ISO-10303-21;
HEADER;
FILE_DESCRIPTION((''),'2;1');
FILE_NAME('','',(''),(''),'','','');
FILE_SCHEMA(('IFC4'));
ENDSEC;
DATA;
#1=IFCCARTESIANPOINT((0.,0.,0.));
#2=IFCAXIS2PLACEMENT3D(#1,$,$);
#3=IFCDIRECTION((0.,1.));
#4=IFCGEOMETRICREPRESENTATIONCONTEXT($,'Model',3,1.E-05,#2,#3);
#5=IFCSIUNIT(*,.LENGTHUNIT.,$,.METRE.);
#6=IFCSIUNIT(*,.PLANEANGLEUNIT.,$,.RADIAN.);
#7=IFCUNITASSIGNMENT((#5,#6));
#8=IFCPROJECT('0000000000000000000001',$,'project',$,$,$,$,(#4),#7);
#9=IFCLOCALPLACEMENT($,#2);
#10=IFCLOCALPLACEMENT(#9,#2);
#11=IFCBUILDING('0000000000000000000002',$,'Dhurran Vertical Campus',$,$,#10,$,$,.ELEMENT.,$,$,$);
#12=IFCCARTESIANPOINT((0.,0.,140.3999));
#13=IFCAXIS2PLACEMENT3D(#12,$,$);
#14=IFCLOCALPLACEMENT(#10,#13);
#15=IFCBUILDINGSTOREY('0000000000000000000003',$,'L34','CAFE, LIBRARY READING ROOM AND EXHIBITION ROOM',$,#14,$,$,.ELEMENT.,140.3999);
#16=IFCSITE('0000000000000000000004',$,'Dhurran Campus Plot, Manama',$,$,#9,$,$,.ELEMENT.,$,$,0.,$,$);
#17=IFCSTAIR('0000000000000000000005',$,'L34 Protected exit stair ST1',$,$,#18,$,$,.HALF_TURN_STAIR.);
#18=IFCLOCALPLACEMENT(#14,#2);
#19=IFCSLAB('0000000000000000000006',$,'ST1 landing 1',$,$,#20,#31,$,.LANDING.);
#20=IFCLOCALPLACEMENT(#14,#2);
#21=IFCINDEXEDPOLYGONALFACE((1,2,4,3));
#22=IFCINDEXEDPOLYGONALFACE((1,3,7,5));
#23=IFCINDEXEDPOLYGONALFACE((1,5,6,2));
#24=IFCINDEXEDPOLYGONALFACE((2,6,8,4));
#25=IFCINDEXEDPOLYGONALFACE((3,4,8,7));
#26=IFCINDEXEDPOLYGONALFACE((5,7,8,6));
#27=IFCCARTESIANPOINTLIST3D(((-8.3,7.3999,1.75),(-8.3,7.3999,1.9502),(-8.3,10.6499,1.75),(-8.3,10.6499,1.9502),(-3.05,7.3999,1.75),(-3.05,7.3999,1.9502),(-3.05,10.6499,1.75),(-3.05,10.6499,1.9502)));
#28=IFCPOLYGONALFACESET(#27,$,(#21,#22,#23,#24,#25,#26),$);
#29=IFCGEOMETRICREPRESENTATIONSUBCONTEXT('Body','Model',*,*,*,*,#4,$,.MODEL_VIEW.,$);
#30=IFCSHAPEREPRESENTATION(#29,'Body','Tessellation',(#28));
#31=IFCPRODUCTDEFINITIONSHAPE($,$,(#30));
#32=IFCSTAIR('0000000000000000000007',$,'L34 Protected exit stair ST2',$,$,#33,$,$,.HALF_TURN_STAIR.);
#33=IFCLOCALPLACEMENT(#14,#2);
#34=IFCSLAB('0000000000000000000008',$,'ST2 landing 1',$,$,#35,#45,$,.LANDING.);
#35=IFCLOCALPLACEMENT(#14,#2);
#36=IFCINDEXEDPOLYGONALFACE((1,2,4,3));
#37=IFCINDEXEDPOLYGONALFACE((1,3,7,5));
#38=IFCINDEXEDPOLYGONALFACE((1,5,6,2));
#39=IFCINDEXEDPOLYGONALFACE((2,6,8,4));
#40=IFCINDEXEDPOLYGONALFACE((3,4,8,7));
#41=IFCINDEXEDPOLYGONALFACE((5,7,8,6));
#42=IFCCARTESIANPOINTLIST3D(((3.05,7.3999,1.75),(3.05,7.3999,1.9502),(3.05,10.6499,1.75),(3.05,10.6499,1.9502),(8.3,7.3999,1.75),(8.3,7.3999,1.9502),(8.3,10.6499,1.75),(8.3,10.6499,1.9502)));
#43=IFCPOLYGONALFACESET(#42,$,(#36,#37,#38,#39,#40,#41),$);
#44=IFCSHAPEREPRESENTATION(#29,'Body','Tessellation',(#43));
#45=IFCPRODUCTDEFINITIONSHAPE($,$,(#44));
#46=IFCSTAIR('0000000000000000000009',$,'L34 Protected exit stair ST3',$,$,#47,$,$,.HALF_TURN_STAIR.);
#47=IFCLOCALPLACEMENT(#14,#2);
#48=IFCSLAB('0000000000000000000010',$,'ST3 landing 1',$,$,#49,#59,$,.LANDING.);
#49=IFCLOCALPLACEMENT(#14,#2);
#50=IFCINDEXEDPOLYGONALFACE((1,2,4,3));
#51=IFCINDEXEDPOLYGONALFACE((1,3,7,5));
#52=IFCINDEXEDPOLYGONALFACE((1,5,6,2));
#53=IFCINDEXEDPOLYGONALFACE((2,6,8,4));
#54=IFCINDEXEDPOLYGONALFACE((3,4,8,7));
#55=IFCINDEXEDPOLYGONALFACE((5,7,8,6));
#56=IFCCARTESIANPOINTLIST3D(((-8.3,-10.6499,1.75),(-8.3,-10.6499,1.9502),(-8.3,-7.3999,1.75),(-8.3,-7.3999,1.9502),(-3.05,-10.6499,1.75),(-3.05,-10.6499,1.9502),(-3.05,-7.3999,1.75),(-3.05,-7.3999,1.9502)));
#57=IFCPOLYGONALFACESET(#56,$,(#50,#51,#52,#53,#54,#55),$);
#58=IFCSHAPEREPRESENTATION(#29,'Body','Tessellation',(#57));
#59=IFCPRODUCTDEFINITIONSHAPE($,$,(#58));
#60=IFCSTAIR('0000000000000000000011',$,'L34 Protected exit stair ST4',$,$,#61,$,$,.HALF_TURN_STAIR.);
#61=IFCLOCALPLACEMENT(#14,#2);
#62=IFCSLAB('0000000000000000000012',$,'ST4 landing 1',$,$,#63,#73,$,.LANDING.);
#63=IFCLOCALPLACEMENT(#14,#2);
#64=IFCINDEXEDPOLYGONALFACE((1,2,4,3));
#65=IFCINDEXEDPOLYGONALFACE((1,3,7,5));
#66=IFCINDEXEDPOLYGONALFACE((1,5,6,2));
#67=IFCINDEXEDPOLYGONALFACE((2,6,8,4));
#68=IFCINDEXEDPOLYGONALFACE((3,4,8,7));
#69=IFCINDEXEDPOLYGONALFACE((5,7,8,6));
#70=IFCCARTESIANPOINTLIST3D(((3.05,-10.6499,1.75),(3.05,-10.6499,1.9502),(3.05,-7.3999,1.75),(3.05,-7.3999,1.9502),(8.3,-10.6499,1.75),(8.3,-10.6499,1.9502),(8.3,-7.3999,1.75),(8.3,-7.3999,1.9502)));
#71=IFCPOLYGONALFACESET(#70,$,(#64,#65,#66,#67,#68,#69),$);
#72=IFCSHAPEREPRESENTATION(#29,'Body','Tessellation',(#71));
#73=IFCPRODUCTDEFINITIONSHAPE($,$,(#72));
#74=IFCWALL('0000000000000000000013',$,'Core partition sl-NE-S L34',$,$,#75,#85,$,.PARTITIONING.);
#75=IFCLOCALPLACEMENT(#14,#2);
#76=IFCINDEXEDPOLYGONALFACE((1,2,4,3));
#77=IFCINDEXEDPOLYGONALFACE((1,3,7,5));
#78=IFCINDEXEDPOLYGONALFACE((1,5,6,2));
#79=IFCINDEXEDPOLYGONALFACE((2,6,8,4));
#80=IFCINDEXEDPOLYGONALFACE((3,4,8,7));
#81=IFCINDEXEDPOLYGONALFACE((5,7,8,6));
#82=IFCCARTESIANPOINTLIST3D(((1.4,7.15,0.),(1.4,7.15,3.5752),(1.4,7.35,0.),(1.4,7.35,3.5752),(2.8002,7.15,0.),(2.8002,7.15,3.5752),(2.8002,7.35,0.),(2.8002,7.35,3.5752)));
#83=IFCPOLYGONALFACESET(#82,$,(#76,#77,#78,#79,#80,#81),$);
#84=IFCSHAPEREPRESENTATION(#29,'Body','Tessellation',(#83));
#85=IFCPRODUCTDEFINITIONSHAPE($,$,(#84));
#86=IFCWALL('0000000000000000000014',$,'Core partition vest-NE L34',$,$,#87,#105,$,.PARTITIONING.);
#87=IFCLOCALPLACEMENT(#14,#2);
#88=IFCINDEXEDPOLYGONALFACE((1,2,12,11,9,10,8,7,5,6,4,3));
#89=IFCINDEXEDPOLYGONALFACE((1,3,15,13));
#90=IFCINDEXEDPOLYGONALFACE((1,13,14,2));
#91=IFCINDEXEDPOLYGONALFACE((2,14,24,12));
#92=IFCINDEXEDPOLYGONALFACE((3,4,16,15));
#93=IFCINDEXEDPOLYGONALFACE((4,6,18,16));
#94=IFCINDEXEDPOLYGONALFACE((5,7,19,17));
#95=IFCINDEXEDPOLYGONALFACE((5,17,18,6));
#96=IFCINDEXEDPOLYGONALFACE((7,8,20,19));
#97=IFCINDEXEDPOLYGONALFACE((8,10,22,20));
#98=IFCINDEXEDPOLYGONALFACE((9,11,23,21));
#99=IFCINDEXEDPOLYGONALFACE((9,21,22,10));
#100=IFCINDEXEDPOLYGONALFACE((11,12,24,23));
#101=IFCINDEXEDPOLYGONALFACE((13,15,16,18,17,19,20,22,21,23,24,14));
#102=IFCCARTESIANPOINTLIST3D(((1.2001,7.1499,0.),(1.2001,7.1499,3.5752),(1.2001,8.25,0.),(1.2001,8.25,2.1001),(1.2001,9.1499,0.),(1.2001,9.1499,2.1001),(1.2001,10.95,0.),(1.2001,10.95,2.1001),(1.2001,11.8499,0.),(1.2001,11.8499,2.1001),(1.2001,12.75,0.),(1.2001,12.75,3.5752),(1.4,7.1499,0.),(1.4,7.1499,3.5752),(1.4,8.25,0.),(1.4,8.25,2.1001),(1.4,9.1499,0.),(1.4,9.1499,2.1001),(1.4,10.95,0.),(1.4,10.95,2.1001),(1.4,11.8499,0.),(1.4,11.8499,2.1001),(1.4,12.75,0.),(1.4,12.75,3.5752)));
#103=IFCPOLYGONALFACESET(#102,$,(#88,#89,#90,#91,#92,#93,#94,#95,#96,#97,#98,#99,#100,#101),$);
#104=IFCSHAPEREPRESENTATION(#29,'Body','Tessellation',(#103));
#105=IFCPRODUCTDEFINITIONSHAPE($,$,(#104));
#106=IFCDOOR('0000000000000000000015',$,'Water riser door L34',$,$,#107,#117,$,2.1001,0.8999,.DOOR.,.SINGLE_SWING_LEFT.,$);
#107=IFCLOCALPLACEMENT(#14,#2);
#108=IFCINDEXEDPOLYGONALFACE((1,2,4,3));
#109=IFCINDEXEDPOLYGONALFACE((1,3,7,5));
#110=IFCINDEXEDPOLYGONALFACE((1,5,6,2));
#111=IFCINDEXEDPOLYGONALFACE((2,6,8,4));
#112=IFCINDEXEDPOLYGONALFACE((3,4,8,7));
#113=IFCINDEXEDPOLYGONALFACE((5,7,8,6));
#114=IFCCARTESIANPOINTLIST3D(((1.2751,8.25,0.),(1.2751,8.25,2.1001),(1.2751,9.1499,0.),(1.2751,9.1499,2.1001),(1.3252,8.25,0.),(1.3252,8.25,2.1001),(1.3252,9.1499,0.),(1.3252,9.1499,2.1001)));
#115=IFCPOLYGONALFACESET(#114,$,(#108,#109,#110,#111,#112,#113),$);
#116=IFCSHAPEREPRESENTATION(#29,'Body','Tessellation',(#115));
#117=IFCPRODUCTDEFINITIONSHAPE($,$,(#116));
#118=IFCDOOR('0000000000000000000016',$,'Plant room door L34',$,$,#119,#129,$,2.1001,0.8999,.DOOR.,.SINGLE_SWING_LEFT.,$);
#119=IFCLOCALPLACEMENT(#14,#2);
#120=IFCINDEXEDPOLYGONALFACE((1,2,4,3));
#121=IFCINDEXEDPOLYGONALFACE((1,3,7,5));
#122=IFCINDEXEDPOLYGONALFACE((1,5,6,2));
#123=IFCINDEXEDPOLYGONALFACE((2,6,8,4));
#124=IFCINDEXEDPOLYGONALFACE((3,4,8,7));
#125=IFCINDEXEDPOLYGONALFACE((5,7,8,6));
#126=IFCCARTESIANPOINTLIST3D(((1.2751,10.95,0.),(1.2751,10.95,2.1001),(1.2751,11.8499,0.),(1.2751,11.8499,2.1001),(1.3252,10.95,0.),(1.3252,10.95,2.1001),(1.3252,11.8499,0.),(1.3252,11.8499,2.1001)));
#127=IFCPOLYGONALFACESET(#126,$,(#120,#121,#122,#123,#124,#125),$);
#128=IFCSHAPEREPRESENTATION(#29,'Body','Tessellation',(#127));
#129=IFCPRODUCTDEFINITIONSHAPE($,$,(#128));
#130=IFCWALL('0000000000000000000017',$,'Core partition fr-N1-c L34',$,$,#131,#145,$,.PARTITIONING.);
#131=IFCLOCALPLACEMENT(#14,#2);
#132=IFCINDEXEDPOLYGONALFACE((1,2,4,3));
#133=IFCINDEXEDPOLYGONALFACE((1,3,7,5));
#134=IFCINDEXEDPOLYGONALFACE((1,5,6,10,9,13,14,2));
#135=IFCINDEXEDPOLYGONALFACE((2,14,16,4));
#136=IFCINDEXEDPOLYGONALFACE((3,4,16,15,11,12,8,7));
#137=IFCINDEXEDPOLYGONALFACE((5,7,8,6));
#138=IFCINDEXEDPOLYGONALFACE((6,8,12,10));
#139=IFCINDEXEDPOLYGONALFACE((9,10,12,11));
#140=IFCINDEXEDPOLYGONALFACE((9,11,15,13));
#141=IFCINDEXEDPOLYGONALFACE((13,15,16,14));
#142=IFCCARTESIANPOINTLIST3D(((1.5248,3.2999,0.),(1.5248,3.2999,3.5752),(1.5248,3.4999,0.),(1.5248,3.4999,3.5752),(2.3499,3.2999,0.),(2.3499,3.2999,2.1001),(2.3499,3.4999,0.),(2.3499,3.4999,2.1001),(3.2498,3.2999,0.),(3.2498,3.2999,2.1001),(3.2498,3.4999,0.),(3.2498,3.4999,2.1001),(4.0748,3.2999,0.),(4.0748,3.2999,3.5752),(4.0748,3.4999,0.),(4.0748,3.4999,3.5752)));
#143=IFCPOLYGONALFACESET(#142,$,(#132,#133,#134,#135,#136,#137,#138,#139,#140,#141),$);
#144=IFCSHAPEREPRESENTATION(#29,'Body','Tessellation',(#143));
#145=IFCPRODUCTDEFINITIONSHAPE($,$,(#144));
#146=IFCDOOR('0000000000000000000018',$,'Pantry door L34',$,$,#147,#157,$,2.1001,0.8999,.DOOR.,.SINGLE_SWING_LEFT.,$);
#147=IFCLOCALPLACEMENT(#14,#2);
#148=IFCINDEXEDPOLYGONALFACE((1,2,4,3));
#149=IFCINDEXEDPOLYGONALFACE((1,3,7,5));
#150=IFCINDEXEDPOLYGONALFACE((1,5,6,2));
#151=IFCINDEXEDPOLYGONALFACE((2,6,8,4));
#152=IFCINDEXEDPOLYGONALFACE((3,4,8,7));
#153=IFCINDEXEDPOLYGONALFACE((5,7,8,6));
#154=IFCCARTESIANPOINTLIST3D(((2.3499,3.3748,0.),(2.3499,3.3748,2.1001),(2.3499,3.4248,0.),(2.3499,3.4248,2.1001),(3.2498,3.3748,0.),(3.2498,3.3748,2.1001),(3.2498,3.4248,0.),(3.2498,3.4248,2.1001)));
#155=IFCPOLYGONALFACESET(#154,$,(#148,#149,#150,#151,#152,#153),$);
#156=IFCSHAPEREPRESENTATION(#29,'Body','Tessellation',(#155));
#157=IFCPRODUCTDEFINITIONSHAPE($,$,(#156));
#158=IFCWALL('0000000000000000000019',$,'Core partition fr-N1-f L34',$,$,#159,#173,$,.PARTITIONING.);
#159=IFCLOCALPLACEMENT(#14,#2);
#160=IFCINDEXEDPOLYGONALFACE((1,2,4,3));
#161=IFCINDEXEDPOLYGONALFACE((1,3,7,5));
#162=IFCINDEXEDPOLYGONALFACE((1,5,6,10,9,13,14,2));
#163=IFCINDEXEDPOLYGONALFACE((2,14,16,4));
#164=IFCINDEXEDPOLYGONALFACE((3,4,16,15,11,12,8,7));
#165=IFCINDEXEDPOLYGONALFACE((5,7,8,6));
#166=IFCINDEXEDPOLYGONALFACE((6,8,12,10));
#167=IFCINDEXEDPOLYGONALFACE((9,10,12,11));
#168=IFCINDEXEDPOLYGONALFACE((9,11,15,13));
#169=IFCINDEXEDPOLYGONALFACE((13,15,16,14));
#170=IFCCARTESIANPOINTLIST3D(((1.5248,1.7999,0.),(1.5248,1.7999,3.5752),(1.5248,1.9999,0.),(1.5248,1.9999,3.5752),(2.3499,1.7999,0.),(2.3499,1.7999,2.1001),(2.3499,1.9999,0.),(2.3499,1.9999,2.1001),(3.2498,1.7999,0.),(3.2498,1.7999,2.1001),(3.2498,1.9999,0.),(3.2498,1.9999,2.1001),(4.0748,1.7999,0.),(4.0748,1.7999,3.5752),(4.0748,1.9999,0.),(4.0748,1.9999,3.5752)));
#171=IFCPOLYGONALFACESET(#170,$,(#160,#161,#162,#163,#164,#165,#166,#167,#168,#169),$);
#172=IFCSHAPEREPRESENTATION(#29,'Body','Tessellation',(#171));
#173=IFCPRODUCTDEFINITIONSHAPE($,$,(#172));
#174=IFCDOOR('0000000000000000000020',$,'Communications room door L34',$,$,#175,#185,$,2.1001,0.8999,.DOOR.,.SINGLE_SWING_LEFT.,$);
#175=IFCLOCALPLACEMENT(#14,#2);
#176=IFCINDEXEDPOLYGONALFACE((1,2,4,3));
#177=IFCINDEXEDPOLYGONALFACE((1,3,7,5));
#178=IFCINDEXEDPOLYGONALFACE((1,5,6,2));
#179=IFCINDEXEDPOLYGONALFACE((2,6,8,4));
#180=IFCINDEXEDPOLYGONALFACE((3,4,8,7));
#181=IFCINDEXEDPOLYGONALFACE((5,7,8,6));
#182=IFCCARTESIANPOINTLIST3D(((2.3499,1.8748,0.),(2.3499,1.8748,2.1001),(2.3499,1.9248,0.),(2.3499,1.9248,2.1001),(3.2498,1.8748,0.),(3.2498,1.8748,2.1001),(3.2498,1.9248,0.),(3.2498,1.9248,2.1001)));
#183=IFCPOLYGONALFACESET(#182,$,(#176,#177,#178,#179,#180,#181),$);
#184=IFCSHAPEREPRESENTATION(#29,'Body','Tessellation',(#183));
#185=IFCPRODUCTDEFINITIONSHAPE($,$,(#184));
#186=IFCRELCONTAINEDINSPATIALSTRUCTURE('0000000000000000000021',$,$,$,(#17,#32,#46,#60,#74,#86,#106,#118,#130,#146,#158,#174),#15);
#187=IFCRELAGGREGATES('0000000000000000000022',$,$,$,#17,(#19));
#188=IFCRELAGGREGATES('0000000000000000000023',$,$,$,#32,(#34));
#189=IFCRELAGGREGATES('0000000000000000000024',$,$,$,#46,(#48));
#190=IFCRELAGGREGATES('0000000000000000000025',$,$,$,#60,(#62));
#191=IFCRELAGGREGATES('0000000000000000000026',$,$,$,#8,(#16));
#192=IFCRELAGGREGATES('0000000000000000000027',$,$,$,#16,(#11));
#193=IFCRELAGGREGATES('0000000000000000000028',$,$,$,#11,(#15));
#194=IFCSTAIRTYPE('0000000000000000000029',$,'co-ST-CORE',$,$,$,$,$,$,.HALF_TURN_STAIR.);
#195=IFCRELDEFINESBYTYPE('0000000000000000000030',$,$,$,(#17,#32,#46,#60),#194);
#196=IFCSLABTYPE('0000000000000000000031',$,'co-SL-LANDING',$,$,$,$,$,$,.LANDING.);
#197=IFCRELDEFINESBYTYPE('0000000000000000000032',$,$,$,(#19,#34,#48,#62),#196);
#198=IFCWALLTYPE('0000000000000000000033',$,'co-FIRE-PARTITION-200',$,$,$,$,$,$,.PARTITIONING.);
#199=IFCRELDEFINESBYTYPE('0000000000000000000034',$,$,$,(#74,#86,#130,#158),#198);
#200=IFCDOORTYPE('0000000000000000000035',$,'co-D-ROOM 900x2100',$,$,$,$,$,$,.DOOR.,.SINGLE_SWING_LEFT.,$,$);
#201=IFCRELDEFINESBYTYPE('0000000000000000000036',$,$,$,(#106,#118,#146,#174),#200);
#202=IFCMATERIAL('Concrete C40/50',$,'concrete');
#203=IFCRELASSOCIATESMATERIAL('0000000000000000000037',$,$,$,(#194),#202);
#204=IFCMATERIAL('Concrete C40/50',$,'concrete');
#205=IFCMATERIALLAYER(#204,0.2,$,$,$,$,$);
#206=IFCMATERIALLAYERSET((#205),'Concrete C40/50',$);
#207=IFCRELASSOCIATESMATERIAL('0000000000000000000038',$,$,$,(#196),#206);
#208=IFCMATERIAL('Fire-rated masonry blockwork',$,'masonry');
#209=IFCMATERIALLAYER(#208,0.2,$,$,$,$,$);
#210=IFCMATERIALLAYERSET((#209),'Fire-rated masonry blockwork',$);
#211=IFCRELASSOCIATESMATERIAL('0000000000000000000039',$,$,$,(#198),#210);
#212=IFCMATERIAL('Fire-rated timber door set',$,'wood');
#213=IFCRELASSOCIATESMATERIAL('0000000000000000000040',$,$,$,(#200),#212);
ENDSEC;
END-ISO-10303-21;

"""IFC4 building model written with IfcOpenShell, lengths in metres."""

from ifc_helpers import new_model, si_unit, direction, frame, frame_2d, origin, place, context, subcontext, project, spatial, polyline, rectangle, outline, extrude, material, layer, layer_set, type_object, element, fill, aggregate, save


model = new_model("IFC4")

# Units and contexts
model_context = context("Model", 3, precision=1e-05, world=origin(), true_north=direction((0.0, 1.0)))
body_context = subcontext(model_context, "Body", "Model", "MODEL_VIEW")
ifc_project = project(units=[si_unit("LENGTHUNIT", "METRE"), si_unit("PLANEANGLEUNIT", "RADIAN")], contexts=[model_context])

# Site, building, storey
site_placement = place(None, origin())
site = spatial("IfcSite", under=ifc_project, at=site_placement, Name="Dhurran Campus Plot, Manama", CompositionType="ELEMENT", RefElevation=0.0)
building_placement = place(site_placement, origin())
building = spatial("IfcBuilding", under=site, at=building_placement, Name="Dhurran Vertical Campus", CompositionType="ELEMENT")
storey_placement = place(building_placement, frame((0.0, 0.0, 140.3999)))
storey = spatial("IfcBuildingStorey", under=building, at=storey_placement, Name="L34", Description="CAFE, LIBRARY READING ROOM AND EXHIBITION ROOM", CompositionType="ELEMENT", Elevation=140.3999)

# Stairs, slabs
ifc_material_1 = material(Name="Concrete C40/50", Category="concrete")
stair_type = type_object("IfcStairType", Name="co-ST-CORE", PredefinedType="HALF_TURN_STAIR", material=ifc_material_1)
stair_1_placement = place(storey_placement, origin())
stair_1 = element("IfcStair", 1, at=stair_1_placement, inside=storey, type_object=stair_type, Name="L34 Protected exit stair ST1", PredefinedType="HALF_TURN_STAIR")
ifc_material_2 = material(Name="Concrete C40/50", Category="concrete")
ifc_layer_1 = layer(ifc_material_2, 0.2)
ifc_layer_set_1 = layer_set([ifc_layer_1], Name="Concrete C40/50")
slab_type = type_object("IfcSlabType", Name="co-SL-LANDING", PredefinedType="LANDING", material=ifc_layer_set_1)
slab_1_placement = place(storey_placement, frame((0.0, 0.0, 1.75)))
slab_1 = element("IfcSlab", 2, at=slab_1_placement, type_object=slab_type, Name="ST1 landing 1", PredefinedType="LANDING", context=body_context, shape_type="SweptSolid", body=[
    extrude(outline(polyline([(-8.3, 7.3999), (-3.05, 7.3999), (-3.05, 10.6499), (-8.3, 10.6499), (-8.3, 7.3999)])), origin(), (0.0, 0.0, 1.0), 0.2002),
])
aggregate(stair_1, [slab_1])
stair_2_placement = place(storey_placement, origin())
stair_2 = element("IfcStair", 3, at=stair_2_placement, inside=storey, type_object=stair_type, Name="L34 Protected exit stair ST2", PredefinedType="HALF_TURN_STAIR")
slab_2_placement = place(storey_placement, frame((0.0, 0.0, 1.75)))
slab_2 = element("IfcSlab", 4, at=slab_2_placement, type_object=slab_type, Name="ST2 landing 1", PredefinedType="LANDING", context=body_context, shape_type="SweptSolid", body=[
    extrude(outline(polyline([(8.3, 10.6499), (3.05, 10.6499), (3.05, 7.3999), (8.3, 7.3999), (8.3, 10.6499)])), origin(), (0.0, 0.0, 1.0), 0.2002),
])
aggregate(stair_2, [slab_2])
stair_3_placement = place(storey_placement, origin())
stair_3 = element("IfcStair", 5, at=stair_3_placement, inside=storey, type_object=stair_type, Name="L34 Protected exit stair ST3", PredefinedType="HALF_TURN_STAIR")
slab_3_placement = place(storey_placement, frame((0.0, 0.0, 1.75)))
slab_3 = element("IfcSlab", 6, at=slab_3_placement, type_object=slab_type, Name="ST3 landing 1", PredefinedType="LANDING", context=body_context, shape_type="SweptSolid", body=[
    extrude(outline(polyline([(-8.3, -10.6499), (-3.05, -10.6499), (-3.05, -7.3999), (-8.3, -7.3999), (-8.3, -10.6499)])), origin(), (0.0, 0.0, 1.0), 0.2002),
])
aggregate(stair_3, [slab_3])
stair_4_placement = place(storey_placement, origin())
stair_4 = element("IfcStair", 7, at=stair_4_placement, inside=storey, type_object=stair_type, Name="L34 Protected exit stair ST4", PredefinedType="HALF_TURN_STAIR")
slab_4_placement = place(storey_placement, frame((0.0, 0.0, 1.75)))
slab_4 = element("IfcSlab", 8, at=slab_4_placement, type_object=slab_type, Name="ST4 landing 1", PredefinedType="LANDING", context=body_context, shape_type="SweptSolid", body=[
    extrude(outline(polyline([(8.3, -7.3999), (3.05, -7.3999), (3.05, -10.6499), (8.3, -10.6499), (8.3, -7.3999)])), origin(), (0.0, 0.0, 1.0), 0.2002),
])
aggregate(stair_4, [slab_4])

# Wall
ifc_material_3 = material(Name="Fire-rated masonry blockwork", Category="masonry")
ifc_layer_2 = layer(ifc_material_3, 0.2)
ifc_layer_set_2 = layer_set([ifc_layer_2], Name="Fire-rated masonry blockwork")
wall_type_1 = type_object("IfcWallType", Name="co-FIRE-PARTITION-200", PredefinedType="PARTITIONING", material=ifc_layer_set_2)
wall_1_placement = place(storey_placement, frame((1.3999, 7.25, 0.0), z_axis=(0.0, 0.0, 1.0), x_axis=(1.0, 0.0, 0.0)))
element("IfcWall", 9, at=wall_1_placement, inside=storey, type_object=wall_type_1, Name="Core partition sl-NE-S L34", PredefinedType="PARTITIONING", context=body_context, shape_type="SweptSolid", body=[
    extrude(rectangle(XDim=1.4001, YDim=0.2, at=frame_2d((0.7002, 0.0))), origin(), (0.0, 0.0, 1.0), 3.5752),
])

# Wall, openings, doors
wall_2_placement = place(storey_placement, frame((1.3, 7.1499, 0.0), z_axis=(0.0, 0.0, 1.0), x_axis=(0.0, 1.0, 0.0)))
wall_2 = element("IfcWall", 10, at=wall_2_placement, inside=storey, type_object=wall_type_1, Name="Core partition vest-NE L34", PredefinedType="PARTITIONING", context=body_context, shape_type="SweptSolid", body=[
    extrude(rectangle(XDim=5.6001, YDim=0.2, at=frame_2d((2.8, 0.0))), origin(), (0.0, 0.0, 1.0), 3.5752),
])
opening_1_placement = place(wall_2_placement, frame((1.1001, 0.0, 0.0)))
opening_1 = element("IfcOpeningElement", 11, at=opening_1_placement, cuts=wall_2, PredefinedType="OPENING", context=body_context, shape_type="SweptSolid", body=[
    extrude(rectangle(XDim=0.8999, YDim=2.1001, at=frame_2d((0.45, 1.05))), frame((0.0, 0.1099, 0.0), z_axis=(0.0, -1.0, 0.0), x_axis=(1.0, 0.0, 0.0)), (0.0, 0.0, 1.0), 0.22),
])
opening_2_placement = place(wall_2_placement, frame((3.8, 0.0, 0.0)))
opening_2 = element("IfcOpeningElement", 12, at=opening_2_placement, cuts=wall_2, PredefinedType="OPENING", context=body_context, shape_type="SweptSolid", body=[
    extrude(rectangle(XDim=0.8999, YDim=2.1001, at=frame_2d((0.45, 1.05))), frame((0.0, 0.1099, 0.0), z_axis=(0.0, -1.0, 0.0), x_axis=(1.0, 0.0, 0.0)), (0.0, 0.0, 1.0), 0.22),
])
ifc_material_4 = material(Name="Fire-rated timber door set", Category="wood")
door_type_1 = type_object("IfcDoorType", Name="co-D-ROOM 900x2100", OperationType="SINGLE_SWING_LEFT", PredefinedType="DOOR", material=ifc_material_4)
door_1_placement = place(opening_1_placement, origin())
door_1 = element("IfcDoor", 13, at=door_1_placement, inside=storey, type_object=door_type_1, Name="Water riser door L34", OperationType="SINGLE_SWING_LEFT", OverallHeight=2.1001, OverallWidth=0.8999, PredefinedType="DOOR", context=body_context, shape_type="SweptSolid", body=[
    extrude(rectangle(XDim=0.8999, YDim=2.1001, at=frame_2d((0.45, 1.05))), frame((0.0, 0.0249, 0.0), z_axis=(0.0, -1.0, 0.0), x_axis=(1.0, 0.0, 0.0)), (0.0, 0.0, 1.0), 0.05),
])
fill(opening_1, door_1)
door_2_placement = place(opening_2_placement, origin())
door_2 = element("IfcDoor", 14, at=door_2_placement, inside=storey, type_object=door_type_1, Name="Plant room door L34", OperationType="SINGLE_SWING_LEFT", OverallHeight=2.1001, OverallWidth=0.8999, PredefinedType="DOOR", context=body_context, shape_type="SweptSolid", body=[
    extrude(rectangle(XDim=0.8999, YDim=2.1001, at=frame_2d((0.45, 1.05))), frame((0.0, 0.0249, 0.0), z_axis=(0.0, -1.0, 0.0), x_axis=(1.0, 0.0, 0.0)), (0.0, 0.0, 1.0), 0.05),
])
fill(opening_2, door_2)

# Walls, openings, doors
wall_3_placement = place(storey_placement, frame((1.5249, 3.3999, 0.0), z_axis=(0.0, 0.0, 1.0), x_axis=(1.0, 0.0, 0.0)))
wall_3 = element("IfcWall", 15, at=wall_3_placement, inside=storey, type_object=wall_type_1, Name="Core partition fr-N1-c L34", PredefinedType="PARTITIONING", context=body_context, shape_type="SweptSolid", body=[
    extrude(rectangle(XDim=2.55, YDim=0.2, at=frame_2d((1.2749, 0.0))), origin(), (0.0, 0.0, 1.0), 3.5752),
])
opening_3_placement = place(wall_3_placement, frame((0.825, 0.0, 0.0)))
opening_3 = element("IfcOpeningElement", 16, at=opening_3_placement, cuts=wall_3, PredefinedType="OPENING", context=body_context, shape_type="SweptSolid", body=[
    extrude(rectangle(XDim=0.8999, YDim=2.1001, at=frame_2d((0.45, 1.05))), frame((0.0, 0.1099, 0.0), z_axis=(0.0, -1.0, 0.0), x_axis=(1.0, 0.0, 0.0)), (0.0, 0.0, 1.0), 0.22),
])
door_3_placement = place(opening_3_placement, origin())
door_3 = element("IfcDoor", 17, at=door_3_placement, inside=storey, type_object=door_type_1, Name="Pantry door L34", OperationType="SINGLE_SWING_LEFT", OverallHeight=2.1001, OverallWidth=0.8999, PredefinedType="DOOR", context=body_context, shape_type="SweptSolid", body=[
    extrude(rectangle(XDim=0.8999, YDim=2.1001, at=frame_2d((0.45, 1.05))), frame((0.0, 0.0249, 0.0), z_axis=(0.0, -1.0, 0.0), x_axis=(1.0, 0.0, 0.0)), (0.0, 0.0, 1.0), 0.05),
])
fill(opening_3, door_3)
wall_4_placement = place(storey_placement, frame((1.5249, 1.8999, 0.0), z_axis=(0.0, 0.0, 1.0), x_axis=(1.0, 0.0, 0.0)))
wall_4 = element("IfcWall", 18, at=wall_4_placement, inside=storey, type_object=wall_type_1, Name="Core partition fr-N1-f L34", PredefinedType="PARTITIONING", context=body_context, shape_type="SweptSolid", body=[
    extrude(rectangle(XDim=2.55, YDim=0.2, at=frame_2d((1.2749, 0.0))), origin(), (0.0, 0.0, 1.0), 3.5752),
])
opening_4_placement = place(wall_4_placement, frame((0.825, 0.0, 0.0)))
opening_4 = element("IfcOpeningElement", 19, at=opening_4_placement, cuts=wall_4, PredefinedType="OPENING", context=body_context, shape_type="SweptSolid", body=[
    extrude(rectangle(XDim=0.8999, YDim=2.1001, at=frame_2d((0.45, 1.05))), frame((0.0, 0.1099, 0.0), z_axis=(0.0, -1.0, 0.0), x_axis=(1.0, 0.0, 0.0)), (0.0, 0.0, 1.0), 0.22),
])
door_4_placement = place(opening_4_placement, origin())
door_4 = element("IfcDoor", 20, at=door_4_placement, inside=storey, type_object=door_type_1, Name="Communications room door L34", OperationType="SINGLE_SWING_LEFT", OverallHeight=2.1001, OverallWidth=0.8999, PredefinedType="DOOR", context=body_context, shape_type="SweptSolid", body=[
    extrude(rectangle(XDim=0.8999, YDim=2.1001, at=frame_2d((0.45, 1.05))), frame((0.0, 0.0249, 0.0), z_axis=(0.0, -1.0, 0.0), x_axis=(1.0, 0.0, 0.0)), (0.0, 0.0, 1.0), 0.05),
])
fill(opening_4, door_4)

save(model, "model.ifc")
